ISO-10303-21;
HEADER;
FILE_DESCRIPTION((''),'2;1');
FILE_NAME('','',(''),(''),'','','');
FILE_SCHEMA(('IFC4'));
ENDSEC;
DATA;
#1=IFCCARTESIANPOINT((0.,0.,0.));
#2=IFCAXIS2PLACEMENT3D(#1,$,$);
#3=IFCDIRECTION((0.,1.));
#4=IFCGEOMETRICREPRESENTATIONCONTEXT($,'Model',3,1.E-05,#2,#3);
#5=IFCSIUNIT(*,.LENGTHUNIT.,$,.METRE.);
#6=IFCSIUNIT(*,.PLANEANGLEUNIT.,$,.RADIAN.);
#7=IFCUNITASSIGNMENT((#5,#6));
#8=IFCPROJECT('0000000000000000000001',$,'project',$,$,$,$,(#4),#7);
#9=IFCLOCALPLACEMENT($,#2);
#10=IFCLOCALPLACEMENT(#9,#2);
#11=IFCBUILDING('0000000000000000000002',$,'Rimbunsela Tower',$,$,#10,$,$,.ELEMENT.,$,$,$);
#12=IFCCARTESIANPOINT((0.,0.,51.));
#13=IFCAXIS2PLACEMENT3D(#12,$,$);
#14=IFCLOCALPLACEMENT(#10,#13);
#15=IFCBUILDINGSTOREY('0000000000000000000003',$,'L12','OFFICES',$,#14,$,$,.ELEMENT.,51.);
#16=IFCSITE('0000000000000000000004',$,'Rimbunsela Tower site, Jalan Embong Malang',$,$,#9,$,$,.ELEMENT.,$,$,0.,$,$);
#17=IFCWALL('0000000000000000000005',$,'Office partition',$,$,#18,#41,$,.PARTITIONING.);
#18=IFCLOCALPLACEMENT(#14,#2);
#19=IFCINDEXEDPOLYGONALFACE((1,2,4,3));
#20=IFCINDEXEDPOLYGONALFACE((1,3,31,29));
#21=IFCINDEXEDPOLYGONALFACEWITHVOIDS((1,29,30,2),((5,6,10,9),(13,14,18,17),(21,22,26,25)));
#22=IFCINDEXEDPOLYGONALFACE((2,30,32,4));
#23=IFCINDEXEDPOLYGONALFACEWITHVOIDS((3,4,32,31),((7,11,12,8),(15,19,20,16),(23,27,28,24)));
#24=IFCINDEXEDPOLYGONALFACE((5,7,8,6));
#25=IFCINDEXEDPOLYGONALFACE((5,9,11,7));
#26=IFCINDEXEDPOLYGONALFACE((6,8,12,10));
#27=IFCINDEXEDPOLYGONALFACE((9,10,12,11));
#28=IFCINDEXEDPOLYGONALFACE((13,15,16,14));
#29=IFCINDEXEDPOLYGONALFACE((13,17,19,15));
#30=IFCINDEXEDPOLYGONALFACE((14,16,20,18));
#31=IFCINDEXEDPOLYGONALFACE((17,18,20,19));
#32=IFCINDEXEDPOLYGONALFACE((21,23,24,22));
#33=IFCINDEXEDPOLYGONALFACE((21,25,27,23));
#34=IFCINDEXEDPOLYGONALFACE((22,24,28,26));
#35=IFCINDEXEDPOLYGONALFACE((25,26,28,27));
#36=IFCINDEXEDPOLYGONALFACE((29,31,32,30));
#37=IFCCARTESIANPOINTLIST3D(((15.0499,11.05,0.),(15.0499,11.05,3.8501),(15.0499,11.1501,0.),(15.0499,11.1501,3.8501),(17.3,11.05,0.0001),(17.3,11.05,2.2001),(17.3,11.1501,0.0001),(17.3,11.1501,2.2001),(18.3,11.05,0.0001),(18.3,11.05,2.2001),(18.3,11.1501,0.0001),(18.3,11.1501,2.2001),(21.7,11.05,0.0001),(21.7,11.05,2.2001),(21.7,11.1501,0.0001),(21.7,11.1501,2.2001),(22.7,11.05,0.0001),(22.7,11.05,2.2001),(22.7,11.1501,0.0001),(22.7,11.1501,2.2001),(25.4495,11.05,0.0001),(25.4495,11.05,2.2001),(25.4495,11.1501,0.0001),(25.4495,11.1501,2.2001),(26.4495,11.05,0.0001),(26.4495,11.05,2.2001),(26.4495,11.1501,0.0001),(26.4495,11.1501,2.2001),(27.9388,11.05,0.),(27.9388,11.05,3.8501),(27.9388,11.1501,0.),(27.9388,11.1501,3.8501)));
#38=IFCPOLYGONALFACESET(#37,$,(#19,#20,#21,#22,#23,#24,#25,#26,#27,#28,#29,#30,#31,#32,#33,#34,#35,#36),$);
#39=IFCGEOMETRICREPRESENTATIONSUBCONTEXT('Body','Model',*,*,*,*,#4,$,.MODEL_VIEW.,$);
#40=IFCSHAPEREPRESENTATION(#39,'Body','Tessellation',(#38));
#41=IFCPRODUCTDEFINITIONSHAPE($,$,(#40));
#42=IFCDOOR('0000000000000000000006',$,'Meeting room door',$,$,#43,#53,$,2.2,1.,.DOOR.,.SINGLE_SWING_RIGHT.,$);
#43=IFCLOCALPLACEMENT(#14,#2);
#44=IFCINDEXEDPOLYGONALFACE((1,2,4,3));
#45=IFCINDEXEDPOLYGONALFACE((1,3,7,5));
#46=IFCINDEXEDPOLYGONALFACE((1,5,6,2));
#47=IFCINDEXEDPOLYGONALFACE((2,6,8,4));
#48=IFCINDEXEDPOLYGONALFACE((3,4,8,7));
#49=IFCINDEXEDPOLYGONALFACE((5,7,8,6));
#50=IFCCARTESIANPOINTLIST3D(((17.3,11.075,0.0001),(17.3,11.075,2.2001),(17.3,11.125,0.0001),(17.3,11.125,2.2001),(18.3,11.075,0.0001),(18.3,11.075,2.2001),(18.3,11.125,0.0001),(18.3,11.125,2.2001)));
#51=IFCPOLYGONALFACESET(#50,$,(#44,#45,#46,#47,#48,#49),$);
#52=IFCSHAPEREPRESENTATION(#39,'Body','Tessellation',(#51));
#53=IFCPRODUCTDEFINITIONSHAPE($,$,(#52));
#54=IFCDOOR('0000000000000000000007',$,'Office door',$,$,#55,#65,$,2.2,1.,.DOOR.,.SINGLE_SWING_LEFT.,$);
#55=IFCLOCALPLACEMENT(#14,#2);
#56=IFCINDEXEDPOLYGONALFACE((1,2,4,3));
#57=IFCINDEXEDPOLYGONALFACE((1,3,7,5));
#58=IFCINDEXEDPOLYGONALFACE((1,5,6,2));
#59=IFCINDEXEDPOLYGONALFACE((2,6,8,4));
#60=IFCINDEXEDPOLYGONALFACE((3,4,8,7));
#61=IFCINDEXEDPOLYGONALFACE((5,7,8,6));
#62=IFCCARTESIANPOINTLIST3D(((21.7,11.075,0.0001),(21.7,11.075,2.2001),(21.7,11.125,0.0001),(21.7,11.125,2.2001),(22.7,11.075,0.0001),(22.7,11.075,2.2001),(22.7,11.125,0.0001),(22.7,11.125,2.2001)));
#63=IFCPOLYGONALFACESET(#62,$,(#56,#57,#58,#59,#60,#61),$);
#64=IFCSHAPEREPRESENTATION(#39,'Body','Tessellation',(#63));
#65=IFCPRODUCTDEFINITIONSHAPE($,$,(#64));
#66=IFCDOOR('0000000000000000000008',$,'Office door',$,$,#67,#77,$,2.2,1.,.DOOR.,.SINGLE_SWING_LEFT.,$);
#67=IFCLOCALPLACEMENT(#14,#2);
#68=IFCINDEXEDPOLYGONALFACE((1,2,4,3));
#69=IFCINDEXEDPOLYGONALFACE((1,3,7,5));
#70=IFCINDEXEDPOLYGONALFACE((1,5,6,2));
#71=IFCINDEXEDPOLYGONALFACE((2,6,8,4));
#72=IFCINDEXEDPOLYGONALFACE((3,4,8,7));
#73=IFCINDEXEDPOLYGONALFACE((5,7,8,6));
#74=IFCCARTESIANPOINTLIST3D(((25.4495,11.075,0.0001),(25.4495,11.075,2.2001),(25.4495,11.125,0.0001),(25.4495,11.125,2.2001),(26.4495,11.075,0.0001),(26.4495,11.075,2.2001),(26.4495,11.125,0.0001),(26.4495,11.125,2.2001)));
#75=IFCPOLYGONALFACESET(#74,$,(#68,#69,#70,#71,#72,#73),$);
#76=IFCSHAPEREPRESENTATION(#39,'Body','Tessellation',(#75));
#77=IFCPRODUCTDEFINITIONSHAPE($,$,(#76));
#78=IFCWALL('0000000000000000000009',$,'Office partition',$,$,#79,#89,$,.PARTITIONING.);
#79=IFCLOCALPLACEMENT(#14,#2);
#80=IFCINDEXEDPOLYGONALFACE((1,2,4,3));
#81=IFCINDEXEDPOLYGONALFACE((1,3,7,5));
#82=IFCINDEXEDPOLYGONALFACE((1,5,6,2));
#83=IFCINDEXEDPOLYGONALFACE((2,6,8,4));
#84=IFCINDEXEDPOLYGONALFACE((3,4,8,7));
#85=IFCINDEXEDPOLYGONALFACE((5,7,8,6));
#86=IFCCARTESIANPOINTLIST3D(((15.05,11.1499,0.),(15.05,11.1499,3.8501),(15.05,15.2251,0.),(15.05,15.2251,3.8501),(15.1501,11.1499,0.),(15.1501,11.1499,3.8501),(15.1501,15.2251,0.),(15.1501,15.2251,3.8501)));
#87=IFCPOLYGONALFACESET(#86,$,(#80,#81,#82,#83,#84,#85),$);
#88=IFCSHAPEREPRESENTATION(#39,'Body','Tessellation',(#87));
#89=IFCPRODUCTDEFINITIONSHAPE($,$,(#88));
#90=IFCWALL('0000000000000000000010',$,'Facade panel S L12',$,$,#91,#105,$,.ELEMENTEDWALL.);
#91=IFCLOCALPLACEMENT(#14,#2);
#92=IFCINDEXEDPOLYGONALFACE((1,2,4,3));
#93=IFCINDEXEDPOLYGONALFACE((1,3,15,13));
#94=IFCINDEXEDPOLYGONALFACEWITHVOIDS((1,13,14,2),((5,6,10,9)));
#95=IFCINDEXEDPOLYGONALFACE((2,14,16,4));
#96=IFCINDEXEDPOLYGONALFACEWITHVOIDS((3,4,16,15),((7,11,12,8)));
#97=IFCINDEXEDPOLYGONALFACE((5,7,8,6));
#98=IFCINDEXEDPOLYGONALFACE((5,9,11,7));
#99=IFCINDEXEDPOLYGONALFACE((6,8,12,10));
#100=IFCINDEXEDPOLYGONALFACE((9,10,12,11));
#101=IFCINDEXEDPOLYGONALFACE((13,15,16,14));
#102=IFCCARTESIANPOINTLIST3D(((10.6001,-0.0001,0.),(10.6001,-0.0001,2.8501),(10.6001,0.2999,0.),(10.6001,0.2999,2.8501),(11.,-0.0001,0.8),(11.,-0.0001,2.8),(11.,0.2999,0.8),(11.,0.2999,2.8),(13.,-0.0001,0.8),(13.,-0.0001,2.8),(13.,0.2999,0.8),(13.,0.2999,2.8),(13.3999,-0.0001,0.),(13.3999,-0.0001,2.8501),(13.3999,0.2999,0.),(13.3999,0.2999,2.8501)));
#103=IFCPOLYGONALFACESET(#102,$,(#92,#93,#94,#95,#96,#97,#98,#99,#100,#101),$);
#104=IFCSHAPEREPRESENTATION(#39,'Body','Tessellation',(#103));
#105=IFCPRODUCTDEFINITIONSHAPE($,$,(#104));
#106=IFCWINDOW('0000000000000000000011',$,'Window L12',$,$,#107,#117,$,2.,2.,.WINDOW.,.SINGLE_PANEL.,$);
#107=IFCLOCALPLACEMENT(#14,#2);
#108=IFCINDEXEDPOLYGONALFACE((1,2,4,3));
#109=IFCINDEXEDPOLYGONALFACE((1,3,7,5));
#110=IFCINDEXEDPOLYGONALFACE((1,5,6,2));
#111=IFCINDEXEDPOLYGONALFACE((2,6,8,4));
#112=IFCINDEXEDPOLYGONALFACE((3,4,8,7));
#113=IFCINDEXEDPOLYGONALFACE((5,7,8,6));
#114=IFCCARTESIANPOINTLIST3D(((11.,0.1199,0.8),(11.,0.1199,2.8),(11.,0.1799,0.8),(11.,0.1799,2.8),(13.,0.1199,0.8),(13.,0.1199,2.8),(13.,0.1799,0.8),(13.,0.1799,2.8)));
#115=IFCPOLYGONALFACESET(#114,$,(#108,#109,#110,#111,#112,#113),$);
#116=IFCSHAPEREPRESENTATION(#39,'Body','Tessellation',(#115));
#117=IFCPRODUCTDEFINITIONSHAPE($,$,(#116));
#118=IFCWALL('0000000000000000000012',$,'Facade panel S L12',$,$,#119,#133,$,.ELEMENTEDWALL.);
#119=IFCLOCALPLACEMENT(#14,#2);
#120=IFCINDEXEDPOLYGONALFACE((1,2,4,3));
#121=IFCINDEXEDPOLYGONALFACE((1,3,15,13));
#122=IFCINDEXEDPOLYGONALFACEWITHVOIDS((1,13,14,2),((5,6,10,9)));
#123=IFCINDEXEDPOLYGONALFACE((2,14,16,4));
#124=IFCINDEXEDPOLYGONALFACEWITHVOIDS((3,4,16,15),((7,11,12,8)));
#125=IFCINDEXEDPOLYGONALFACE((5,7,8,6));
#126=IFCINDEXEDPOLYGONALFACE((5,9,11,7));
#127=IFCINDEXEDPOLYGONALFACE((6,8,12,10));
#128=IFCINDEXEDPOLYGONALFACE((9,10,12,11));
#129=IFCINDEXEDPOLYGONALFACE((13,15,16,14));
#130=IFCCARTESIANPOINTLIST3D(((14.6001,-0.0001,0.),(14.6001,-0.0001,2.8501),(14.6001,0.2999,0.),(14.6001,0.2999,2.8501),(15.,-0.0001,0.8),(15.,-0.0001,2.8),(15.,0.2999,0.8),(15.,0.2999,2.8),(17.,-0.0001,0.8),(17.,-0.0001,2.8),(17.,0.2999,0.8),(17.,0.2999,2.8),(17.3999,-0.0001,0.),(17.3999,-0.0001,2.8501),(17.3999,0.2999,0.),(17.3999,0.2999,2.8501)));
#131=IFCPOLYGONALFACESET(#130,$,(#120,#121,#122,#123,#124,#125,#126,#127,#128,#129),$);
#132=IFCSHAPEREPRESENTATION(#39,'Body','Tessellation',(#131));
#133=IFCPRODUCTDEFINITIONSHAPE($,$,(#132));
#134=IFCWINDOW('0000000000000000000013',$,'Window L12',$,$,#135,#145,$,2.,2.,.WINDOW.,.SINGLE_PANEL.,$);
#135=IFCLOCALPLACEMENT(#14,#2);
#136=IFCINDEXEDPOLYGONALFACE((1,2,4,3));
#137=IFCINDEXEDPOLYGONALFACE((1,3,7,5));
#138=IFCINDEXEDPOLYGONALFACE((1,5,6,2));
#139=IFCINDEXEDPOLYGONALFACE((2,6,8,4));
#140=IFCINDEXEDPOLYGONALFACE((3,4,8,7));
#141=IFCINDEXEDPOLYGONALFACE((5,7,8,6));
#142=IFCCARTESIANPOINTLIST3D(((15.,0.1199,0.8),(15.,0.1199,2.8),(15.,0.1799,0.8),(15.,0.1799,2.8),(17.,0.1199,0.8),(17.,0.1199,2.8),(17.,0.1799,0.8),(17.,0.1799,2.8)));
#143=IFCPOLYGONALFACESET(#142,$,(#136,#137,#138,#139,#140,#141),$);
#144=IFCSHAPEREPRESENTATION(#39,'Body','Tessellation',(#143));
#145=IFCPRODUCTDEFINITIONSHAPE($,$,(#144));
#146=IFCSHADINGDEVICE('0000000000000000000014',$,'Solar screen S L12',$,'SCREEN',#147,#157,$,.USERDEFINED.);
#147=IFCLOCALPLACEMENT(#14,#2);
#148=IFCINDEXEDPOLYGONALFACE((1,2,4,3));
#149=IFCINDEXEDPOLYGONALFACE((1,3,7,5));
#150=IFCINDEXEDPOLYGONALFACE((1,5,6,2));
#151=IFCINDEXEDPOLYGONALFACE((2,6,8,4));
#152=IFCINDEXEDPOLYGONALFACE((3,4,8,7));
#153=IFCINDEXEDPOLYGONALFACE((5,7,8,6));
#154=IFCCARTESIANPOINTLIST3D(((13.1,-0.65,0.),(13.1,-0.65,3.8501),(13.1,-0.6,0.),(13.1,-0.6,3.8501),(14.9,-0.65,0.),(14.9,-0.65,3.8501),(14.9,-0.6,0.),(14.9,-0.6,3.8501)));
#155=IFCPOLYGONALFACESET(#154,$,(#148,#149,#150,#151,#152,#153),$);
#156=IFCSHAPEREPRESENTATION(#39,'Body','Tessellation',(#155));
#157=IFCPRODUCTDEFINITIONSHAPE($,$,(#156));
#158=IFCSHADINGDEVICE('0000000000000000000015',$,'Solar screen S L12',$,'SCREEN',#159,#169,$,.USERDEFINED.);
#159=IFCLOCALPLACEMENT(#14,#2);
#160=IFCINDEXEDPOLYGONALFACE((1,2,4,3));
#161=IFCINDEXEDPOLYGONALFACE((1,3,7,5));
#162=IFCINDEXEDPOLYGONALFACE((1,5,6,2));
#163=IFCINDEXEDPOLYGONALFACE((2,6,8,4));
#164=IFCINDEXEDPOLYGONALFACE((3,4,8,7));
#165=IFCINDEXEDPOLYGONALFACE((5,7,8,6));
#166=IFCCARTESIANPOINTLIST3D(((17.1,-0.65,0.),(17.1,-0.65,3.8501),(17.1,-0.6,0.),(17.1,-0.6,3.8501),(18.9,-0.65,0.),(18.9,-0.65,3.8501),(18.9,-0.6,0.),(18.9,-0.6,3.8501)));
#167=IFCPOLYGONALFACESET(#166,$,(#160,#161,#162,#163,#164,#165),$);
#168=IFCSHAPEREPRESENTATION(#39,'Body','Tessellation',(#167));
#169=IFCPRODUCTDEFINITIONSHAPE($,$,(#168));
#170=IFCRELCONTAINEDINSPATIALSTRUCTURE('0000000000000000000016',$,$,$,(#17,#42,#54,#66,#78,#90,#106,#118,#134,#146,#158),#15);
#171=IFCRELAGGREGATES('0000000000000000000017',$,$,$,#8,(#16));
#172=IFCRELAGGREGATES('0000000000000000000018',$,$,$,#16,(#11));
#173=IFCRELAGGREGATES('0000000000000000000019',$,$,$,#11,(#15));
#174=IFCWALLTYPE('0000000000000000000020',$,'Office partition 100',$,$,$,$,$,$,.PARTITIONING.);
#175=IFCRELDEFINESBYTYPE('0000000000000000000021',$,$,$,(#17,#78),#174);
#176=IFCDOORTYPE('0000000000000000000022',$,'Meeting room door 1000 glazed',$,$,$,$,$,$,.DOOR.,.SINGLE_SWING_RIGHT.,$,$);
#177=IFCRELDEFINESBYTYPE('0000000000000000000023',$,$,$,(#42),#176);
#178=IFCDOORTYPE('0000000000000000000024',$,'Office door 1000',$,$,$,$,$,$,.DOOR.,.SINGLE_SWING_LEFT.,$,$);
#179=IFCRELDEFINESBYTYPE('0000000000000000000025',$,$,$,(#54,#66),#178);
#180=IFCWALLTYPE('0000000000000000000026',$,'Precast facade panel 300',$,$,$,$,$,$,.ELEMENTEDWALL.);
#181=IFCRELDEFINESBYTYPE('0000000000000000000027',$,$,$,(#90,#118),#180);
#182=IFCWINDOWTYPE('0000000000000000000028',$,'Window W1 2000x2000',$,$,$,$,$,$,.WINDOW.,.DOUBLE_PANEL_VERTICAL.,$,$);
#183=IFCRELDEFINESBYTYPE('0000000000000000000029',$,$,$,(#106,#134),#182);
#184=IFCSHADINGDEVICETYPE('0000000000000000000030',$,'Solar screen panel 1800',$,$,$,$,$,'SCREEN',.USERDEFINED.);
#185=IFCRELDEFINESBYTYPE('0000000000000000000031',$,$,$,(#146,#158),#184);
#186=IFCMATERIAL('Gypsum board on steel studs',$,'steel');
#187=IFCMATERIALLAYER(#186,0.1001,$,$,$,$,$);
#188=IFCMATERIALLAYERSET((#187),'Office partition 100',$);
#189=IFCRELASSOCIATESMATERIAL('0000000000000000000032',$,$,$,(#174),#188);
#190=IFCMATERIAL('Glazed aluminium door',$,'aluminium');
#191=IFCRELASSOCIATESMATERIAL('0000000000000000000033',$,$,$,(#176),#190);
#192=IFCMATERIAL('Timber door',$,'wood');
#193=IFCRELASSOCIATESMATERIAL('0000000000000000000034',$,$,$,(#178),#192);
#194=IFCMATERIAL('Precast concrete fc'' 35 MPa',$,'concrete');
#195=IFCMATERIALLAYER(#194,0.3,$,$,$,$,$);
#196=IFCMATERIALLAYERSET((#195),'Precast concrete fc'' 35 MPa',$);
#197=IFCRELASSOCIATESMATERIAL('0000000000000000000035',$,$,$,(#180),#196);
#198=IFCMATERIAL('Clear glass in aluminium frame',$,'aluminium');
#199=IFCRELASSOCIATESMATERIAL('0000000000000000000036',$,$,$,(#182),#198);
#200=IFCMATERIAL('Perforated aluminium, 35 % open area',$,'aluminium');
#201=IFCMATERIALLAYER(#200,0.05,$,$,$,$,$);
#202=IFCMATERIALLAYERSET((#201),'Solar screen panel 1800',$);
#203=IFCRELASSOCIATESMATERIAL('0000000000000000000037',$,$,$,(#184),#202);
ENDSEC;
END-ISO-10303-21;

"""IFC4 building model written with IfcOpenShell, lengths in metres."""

from ifc_helpers import new_model, si_unit, direction, frame, frame_2d, origin, origin_2d, place, context, subcontext, project, spatial, rectangle, extrude, material, layer, layer_set, type_object, element, fill, save


model = new_model("IFC4")

# Units and contexts
model_context = context("Model", 3, precision=1e-05, world=origin(), true_north=direction((0.0, 1.0)))
body_context = subcontext(model_context, "Body", "Model", "MODEL_VIEW")
ifc_project = project(units=[si_unit("LENGTHUNIT", "METRE"), si_unit("PLANEANGLEUNIT", "RADIAN")], contexts=[model_context])

# Site, building, storey
site_placement = place(None, origin())
site = spatial("IfcSite", under=ifc_project, at=site_placement, Name="Rimbunsela Tower site, Jalan Embong Malang", CompositionType="ELEMENT", RefElevation=0.0)
building_placement = place(site_placement, origin())
building = spatial("IfcBuilding", under=site, at=building_placement, Name="Rimbunsela Tower", CompositionType="ELEMENT")
storey_placement = place(building_placement, frame((0.0, 0.0, 51.0)))
storey = spatial("IfcBuildingStorey", under=building, at=storey_placement, Name="L12", Description="OFFICES", CompositionType="ELEMENT", Elevation=51.0)

# Wall, openings, doors
ifc_material_1 = material(Name="Gypsum board on steel studs", Category="steel")
ifc_layer_1 = layer(ifc_material_1, 0.1001)
ifc_layer_set_1 = layer_set([ifc_layer_1], Name="Office partition 100")
wall_type_1 = type_object("IfcWallType", Name="Office partition 100", PredefinedType="PARTITIONING", material=ifc_layer_set_1)
wall_1_placement = place(storey_placement, frame((15.05, 11.1001, 0.0), z_axis=(0.0, 0.0, 1.0), x_axis=(1.0, 0.0, 0.0)))
wall_1 = element("IfcWall", 1, at=wall_1_placement, inside=storey, type_object=wall_type_1, Name="Office partition", PredefinedType="PARTITIONING", context=body_context, shape_type="SweptSolid", body=[
    extrude(rectangle(XDim=12.8889, YDim=0.1001, at=frame_2d((6.4443, 0.0))), origin(), (0.0, 0.0, 1.0), 3.8501),
])
opening_1_placement = place(wall_1_placement, frame((2.25, 0.0, 0.0)))
opening_1 = element("IfcOpeningElement", 2, at=opening_1_placement, cuts=wall_1, PredefinedType="OPENING", context=body_context, shape_type="SweptSolid", body=[
    extrude(rectangle(XDim=1.0, YDim=2.2, at=frame_2d((0.5, 1.1001))), frame((0.0, 0.0601, 0.0), z_axis=(0.0, -1.0, 0.0), x_axis=(1.0, 0.0, 0.0)), (0.0, 0.0, 1.0), 0.1201),
])
opening_2_placement = place(wall_1_placement, frame((6.6499, 0.0, 0.0)))
opening_2 = element("IfcOpeningElement", 3, at=opening_2_placement, cuts=wall_1, PredefinedType="OPENING", context=body_context, shape_type="SweptSolid", body=[
    extrude(rectangle(XDim=1.0, YDim=2.2, at=frame_2d((0.5, 1.1001))), frame((0.0, 0.0601, 0.0), z_axis=(0.0, -1.0, 0.0), x_axis=(1.0, 0.0, 0.0)), (0.0, 0.0, 1.0), 0.1201),
])
opening_3_placement = place(wall_1_placement, frame((10.3994, 0.0, 0.0)))
opening_3 = element("IfcOpeningElement", 4, at=opening_3_placement, cuts=wall_1, PredefinedType="OPENING", context=body_context, shape_type="SweptSolid", body=[
    extrude(rectangle(XDim=1.0, YDim=2.2, at=frame_2d((0.5, 1.1001))), frame((0.0, 0.0601, 0.0), z_axis=(0.0, -1.0, 0.0), x_axis=(1.0, 0.0, 0.0)), (0.0, 0.0, 1.0), 0.1201),
])
ifc_material_2 = material(Name="Glazed aluminium door", Category="aluminium")
door_type_1 = type_object("IfcDoorType", Name="Meeting room door 1000 glazed", OperationType="SINGLE_SWING_RIGHT", PredefinedType="DOOR", material=ifc_material_2)
door_1_placement = place(opening_1_placement, origin())
door_1 = element("IfcDoor", 5, at=door_1_placement, inside=storey, type_object=door_type_1, Name="Meeting room door", OperationType="SINGLE_SWING_RIGHT", OverallHeight=2.2, OverallWidth=1.0, PredefinedType="DOOR", context=body_context, shape_type="SweptSolid", body=[
    extrude(rectangle(XDim=1.0, YDim=2.2, at=frame_2d((0.5, 1.1001))), frame((0.0, 0.0249, 0.0), z_axis=(0.0, -1.0, 0.0), x_axis=(1.0, 0.0, 0.0)), (0.0, 0.0, 1.0), 0.05),
])
fill(opening_1, door_1)
ifc_material_3 = material(Name="Timber door", Category="wood")
door_type_2 = type_object("IfcDoorType", Name="Office door 1000", OperationType="SINGLE_SWING_LEFT", PredefinedType="DOOR", material=ifc_material_3)
door_2_placement = place(opening_2_placement, origin())
door_2 = element("IfcDoor", 6, at=door_2_placement, inside=storey, type_object=door_type_2, Name="Office door", OperationType="SINGLE_SWING_LEFT", OverallHeight=2.2, OverallWidth=1.0, PredefinedType="DOOR", context=body_context, shape_type="SweptSolid", body=[
    extrude(rectangle(XDim=1.0, YDim=2.2, at=frame_2d((0.5, 1.1001))), frame((0.0, 0.0249, 0.0), z_axis=(0.0, -1.0, 0.0), x_axis=(1.0, 0.0, 0.0)), (0.0, 0.0, 1.0), 0.05),
])
fill(opening_2, door_2)
door_3_placement = place(opening_3_placement, origin())
door_3 = element("IfcDoor", 7, at=door_3_placement, inside=storey, type_object=door_type_2, Name="Office door", OperationType="SINGLE_SWING_LEFT", OverallHeight=2.2, OverallWidth=1.0, PredefinedType="DOOR", context=body_context, shape_type="SweptSolid", body=[
    extrude(rectangle(XDim=1.0, YDim=2.2, at=frame_2d((0.5, 1.1001))), frame((0.0, 0.0249, 0.0), z_axis=(0.0, -1.0, 0.0), x_axis=(1.0, 0.0, 0.0)), (0.0, 0.0, 1.0), 0.05),
])
fill(opening_3, door_3)

# Wall
wall_2_placement = place(storey_placement, frame((15.1001, 11.1499, 0.0), z_axis=(0.0, 0.0, 1.0), x_axis=(0.0, 1.0, 0.0)))
element("IfcWall", 8, at=wall_2_placement, inside=storey, type_object=wall_type_1, Name="Office partition", PredefinedType="PARTITIONING", context=body_context, shape_type="SweptSolid", body=[
    extrude(rectangle(XDim=4.0752, YDim=0.1001, at=frame_2d((2.0376, 0.0))), origin(), (0.0, 0.0, 1.0), 3.8501),
])

# Walls, openings, windows
ifc_material_4 = material(Name="Precast concrete fc' 35 MPa", Category="concrete")
ifc_layer_2 = layer(ifc_material_4, 0.3)
ifc_layer_set_2 = layer_set([ifc_layer_2], Name="Precast concrete fc' 35 MPa")
wall_type_2 = type_object("IfcWallType", Name="Precast facade panel 300", PredefinedType="ELEMENTEDWALL", material=ifc_layer_set_2)
wall_3_placement = place(storey_placement, frame((10.6001, 0.1499, 0.0), z_axis=(0.0, 0.0, 1.0), x_axis=(1.0, 0.0, 0.0)))
wall_3 = element("IfcWall", 9, at=wall_3_placement, inside=storey, type_object=wall_type_2, Name="Facade panel S L12", PredefinedType="ELEMENTEDWALL", context=body_context, shape_type="SweptSolid", body=[
    extrude(rectangle(XDim=2.7998, YDim=0.3, at=frame_2d((1.3999, 0.0))), origin(), (0.0, 0.0, 1.0), 2.8501),
])
opening_4_placement = place(wall_3_placement, frame((0.3999, 0.0, 0.8)))
opening_4 = element("IfcOpeningElement", 10, at=opening_4_placement, cuts=wall_3, PredefinedType="OPENING", context=body_context, shape_type="SweptSolid", body=[
    extrude(rectangle(XDim=2.0, YDim=2.0, at=frame_2d((1.0, 1.0))), frame((0.0, 0.1599, 0.0), z_axis=(0.0, -1.0, 0.0), x_axis=(1.0, 0.0, 0.0)), (0.0, 0.0, 1.0), 0.3201),
])
ifc_material_5 = material(Name="Clear glass in aluminium frame", Category="aluminium")
window_type = type_object("IfcWindowType", Name="Window W1 2000x2000", PartitioningType="DOUBLE_PANEL_VERTICAL", PredefinedType="WINDOW", material=ifc_material_5)
window_1_placement = place(opening_4_placement, origin())
window_1 = element("IfcWindow", 11, at=window_1_placement, inside=storey, type_object=window_type, Name="Window L12", OverallHeight=2.0, OverallWidth=2.0, PartitioningType="SINGLE_PANEL", PredefinedType="WINDOW", context=body_context, shape_type="SweptSolid", body=[
    extrude(rectangle(XDim=2.0, YDim=2.0, at=frame_2d((1.0, 1.0))), frame((0.0, 0.03, 0.0), z_axis=(0.0, -1.0, 0.0), x_axis=(1.0, 0.0, 0.0)), (0.0, 0.0, 1.0), 0.0601),
])
fill(opening_4, window_1)
wall_4_placement = place(storey_placement, frame((14.6001, 0.1499, 0.0), z_axis=(0.0, 0.0, 1.0), x_axis=(1.0, 0.0, 0.0)))
wall_4 = element("IfcWall", 12, at=wall_4_placement, inside=storey, type_object=wall_type_2, Name="Facade panel S L12", PredefinedType="ELEMENTEDWALL", context=body_context, shape_type="SweptSolid", body=[
    extrude(rectangle(XDim=2.7998, YDim=0.3, at=frame_2d((1.3999, 0.0))), origin(), (0.0, 0.0, 1.0), 2.8501),
])
opening_5_placement = place(wall_4_placement, frame((0.3999, 0.0, 0.8)))
opening_5 = element("IfcOpeningElement", 13, at=opening_5_placement, cuts=wall_4, PredefinedType="OPENING", context=body_context, shape_type="SweptSolid", body=[
    extrude(rectangle(XDim=2.0, YDim=2.0, at=frame_2d((1.0, 1.0))), frame((0.0, 0.1599, 0.0), z_axis=(0.0, -1.0, 0.0), x_axis=(1.0, 0.0, 0.0)), (0.0, 0.0, 1.0), 0.3201),
])
window_2_placement = place(opening_5_placement, origin())
window_2 = element("IfcWindow", 14, at=window_2_placement, inside=storey, type_object=window_type, Name="Window L12", OverallHeight=2.0, OverallWidth=2.0, PartitioningType="SINGLE_PANEL", PredefinedType="WINDOW", context=body_context, shape_type="SweptSolid", body=[
    extrude(rectangle(XDim=2.0, YDim=2.0, at=frame_2d((1.0, 1.0))), frame((0.0, 0.03, 0.0), z_axis=(0.0, -1.0, 0.0), x_axis=(1.0, 0.0, 0.0)), (0.0, 0.0, 1.0), 0.0601),
])
fill(opening_5, window_2)

# Shading devices
ifc_material_6 = material(Name="Perforated aluminium, 35 % open area", Category="aluminium")
ifc_layer_3 = layer(ifc_material_6, 0.05)
ifc_layer_set_3 = layer_set([ifc_layer_3], Name="Solar screen panel 1800")
shading_device_type = type_object("IfcShadingDeviceType", Name="Solar screen panel 1800", ElementType="SCREEN", PredefinedType="USERDEFINED", material=ifc_layer_set_3)
for number, where, z_axis, x_axis, name in (
    (15, (14.0, -0.625, 0.0), (0.0, 0.0, 1.0), (1.0, 0.0, 0.0), "Solar screen S L12"),
    (16, (18.0, -0.625, 0.0), (0.0, 0.0, 1.0), (1.0, 0.0, 0.0), "Solar screen S L12"),
):
    element("IfcShadingDevice", number, at=place(storey_placement, frame(where, z_axis=z_axis, x_axis=x_axis)), inside=storey, type_object=shading_device_type, Name=name, ObjectType="SCREEN", PredefinedType="USERDEFINED", context=body_context, shape_type="SweptSolid", body=[
        extrude(rectangle(XDim=1.8, YDim=0.05, at=origin_2d()), origin(), (0.0, 0.0, 1.0), 3.8501),
    ])

save(model, "model.ifc")
